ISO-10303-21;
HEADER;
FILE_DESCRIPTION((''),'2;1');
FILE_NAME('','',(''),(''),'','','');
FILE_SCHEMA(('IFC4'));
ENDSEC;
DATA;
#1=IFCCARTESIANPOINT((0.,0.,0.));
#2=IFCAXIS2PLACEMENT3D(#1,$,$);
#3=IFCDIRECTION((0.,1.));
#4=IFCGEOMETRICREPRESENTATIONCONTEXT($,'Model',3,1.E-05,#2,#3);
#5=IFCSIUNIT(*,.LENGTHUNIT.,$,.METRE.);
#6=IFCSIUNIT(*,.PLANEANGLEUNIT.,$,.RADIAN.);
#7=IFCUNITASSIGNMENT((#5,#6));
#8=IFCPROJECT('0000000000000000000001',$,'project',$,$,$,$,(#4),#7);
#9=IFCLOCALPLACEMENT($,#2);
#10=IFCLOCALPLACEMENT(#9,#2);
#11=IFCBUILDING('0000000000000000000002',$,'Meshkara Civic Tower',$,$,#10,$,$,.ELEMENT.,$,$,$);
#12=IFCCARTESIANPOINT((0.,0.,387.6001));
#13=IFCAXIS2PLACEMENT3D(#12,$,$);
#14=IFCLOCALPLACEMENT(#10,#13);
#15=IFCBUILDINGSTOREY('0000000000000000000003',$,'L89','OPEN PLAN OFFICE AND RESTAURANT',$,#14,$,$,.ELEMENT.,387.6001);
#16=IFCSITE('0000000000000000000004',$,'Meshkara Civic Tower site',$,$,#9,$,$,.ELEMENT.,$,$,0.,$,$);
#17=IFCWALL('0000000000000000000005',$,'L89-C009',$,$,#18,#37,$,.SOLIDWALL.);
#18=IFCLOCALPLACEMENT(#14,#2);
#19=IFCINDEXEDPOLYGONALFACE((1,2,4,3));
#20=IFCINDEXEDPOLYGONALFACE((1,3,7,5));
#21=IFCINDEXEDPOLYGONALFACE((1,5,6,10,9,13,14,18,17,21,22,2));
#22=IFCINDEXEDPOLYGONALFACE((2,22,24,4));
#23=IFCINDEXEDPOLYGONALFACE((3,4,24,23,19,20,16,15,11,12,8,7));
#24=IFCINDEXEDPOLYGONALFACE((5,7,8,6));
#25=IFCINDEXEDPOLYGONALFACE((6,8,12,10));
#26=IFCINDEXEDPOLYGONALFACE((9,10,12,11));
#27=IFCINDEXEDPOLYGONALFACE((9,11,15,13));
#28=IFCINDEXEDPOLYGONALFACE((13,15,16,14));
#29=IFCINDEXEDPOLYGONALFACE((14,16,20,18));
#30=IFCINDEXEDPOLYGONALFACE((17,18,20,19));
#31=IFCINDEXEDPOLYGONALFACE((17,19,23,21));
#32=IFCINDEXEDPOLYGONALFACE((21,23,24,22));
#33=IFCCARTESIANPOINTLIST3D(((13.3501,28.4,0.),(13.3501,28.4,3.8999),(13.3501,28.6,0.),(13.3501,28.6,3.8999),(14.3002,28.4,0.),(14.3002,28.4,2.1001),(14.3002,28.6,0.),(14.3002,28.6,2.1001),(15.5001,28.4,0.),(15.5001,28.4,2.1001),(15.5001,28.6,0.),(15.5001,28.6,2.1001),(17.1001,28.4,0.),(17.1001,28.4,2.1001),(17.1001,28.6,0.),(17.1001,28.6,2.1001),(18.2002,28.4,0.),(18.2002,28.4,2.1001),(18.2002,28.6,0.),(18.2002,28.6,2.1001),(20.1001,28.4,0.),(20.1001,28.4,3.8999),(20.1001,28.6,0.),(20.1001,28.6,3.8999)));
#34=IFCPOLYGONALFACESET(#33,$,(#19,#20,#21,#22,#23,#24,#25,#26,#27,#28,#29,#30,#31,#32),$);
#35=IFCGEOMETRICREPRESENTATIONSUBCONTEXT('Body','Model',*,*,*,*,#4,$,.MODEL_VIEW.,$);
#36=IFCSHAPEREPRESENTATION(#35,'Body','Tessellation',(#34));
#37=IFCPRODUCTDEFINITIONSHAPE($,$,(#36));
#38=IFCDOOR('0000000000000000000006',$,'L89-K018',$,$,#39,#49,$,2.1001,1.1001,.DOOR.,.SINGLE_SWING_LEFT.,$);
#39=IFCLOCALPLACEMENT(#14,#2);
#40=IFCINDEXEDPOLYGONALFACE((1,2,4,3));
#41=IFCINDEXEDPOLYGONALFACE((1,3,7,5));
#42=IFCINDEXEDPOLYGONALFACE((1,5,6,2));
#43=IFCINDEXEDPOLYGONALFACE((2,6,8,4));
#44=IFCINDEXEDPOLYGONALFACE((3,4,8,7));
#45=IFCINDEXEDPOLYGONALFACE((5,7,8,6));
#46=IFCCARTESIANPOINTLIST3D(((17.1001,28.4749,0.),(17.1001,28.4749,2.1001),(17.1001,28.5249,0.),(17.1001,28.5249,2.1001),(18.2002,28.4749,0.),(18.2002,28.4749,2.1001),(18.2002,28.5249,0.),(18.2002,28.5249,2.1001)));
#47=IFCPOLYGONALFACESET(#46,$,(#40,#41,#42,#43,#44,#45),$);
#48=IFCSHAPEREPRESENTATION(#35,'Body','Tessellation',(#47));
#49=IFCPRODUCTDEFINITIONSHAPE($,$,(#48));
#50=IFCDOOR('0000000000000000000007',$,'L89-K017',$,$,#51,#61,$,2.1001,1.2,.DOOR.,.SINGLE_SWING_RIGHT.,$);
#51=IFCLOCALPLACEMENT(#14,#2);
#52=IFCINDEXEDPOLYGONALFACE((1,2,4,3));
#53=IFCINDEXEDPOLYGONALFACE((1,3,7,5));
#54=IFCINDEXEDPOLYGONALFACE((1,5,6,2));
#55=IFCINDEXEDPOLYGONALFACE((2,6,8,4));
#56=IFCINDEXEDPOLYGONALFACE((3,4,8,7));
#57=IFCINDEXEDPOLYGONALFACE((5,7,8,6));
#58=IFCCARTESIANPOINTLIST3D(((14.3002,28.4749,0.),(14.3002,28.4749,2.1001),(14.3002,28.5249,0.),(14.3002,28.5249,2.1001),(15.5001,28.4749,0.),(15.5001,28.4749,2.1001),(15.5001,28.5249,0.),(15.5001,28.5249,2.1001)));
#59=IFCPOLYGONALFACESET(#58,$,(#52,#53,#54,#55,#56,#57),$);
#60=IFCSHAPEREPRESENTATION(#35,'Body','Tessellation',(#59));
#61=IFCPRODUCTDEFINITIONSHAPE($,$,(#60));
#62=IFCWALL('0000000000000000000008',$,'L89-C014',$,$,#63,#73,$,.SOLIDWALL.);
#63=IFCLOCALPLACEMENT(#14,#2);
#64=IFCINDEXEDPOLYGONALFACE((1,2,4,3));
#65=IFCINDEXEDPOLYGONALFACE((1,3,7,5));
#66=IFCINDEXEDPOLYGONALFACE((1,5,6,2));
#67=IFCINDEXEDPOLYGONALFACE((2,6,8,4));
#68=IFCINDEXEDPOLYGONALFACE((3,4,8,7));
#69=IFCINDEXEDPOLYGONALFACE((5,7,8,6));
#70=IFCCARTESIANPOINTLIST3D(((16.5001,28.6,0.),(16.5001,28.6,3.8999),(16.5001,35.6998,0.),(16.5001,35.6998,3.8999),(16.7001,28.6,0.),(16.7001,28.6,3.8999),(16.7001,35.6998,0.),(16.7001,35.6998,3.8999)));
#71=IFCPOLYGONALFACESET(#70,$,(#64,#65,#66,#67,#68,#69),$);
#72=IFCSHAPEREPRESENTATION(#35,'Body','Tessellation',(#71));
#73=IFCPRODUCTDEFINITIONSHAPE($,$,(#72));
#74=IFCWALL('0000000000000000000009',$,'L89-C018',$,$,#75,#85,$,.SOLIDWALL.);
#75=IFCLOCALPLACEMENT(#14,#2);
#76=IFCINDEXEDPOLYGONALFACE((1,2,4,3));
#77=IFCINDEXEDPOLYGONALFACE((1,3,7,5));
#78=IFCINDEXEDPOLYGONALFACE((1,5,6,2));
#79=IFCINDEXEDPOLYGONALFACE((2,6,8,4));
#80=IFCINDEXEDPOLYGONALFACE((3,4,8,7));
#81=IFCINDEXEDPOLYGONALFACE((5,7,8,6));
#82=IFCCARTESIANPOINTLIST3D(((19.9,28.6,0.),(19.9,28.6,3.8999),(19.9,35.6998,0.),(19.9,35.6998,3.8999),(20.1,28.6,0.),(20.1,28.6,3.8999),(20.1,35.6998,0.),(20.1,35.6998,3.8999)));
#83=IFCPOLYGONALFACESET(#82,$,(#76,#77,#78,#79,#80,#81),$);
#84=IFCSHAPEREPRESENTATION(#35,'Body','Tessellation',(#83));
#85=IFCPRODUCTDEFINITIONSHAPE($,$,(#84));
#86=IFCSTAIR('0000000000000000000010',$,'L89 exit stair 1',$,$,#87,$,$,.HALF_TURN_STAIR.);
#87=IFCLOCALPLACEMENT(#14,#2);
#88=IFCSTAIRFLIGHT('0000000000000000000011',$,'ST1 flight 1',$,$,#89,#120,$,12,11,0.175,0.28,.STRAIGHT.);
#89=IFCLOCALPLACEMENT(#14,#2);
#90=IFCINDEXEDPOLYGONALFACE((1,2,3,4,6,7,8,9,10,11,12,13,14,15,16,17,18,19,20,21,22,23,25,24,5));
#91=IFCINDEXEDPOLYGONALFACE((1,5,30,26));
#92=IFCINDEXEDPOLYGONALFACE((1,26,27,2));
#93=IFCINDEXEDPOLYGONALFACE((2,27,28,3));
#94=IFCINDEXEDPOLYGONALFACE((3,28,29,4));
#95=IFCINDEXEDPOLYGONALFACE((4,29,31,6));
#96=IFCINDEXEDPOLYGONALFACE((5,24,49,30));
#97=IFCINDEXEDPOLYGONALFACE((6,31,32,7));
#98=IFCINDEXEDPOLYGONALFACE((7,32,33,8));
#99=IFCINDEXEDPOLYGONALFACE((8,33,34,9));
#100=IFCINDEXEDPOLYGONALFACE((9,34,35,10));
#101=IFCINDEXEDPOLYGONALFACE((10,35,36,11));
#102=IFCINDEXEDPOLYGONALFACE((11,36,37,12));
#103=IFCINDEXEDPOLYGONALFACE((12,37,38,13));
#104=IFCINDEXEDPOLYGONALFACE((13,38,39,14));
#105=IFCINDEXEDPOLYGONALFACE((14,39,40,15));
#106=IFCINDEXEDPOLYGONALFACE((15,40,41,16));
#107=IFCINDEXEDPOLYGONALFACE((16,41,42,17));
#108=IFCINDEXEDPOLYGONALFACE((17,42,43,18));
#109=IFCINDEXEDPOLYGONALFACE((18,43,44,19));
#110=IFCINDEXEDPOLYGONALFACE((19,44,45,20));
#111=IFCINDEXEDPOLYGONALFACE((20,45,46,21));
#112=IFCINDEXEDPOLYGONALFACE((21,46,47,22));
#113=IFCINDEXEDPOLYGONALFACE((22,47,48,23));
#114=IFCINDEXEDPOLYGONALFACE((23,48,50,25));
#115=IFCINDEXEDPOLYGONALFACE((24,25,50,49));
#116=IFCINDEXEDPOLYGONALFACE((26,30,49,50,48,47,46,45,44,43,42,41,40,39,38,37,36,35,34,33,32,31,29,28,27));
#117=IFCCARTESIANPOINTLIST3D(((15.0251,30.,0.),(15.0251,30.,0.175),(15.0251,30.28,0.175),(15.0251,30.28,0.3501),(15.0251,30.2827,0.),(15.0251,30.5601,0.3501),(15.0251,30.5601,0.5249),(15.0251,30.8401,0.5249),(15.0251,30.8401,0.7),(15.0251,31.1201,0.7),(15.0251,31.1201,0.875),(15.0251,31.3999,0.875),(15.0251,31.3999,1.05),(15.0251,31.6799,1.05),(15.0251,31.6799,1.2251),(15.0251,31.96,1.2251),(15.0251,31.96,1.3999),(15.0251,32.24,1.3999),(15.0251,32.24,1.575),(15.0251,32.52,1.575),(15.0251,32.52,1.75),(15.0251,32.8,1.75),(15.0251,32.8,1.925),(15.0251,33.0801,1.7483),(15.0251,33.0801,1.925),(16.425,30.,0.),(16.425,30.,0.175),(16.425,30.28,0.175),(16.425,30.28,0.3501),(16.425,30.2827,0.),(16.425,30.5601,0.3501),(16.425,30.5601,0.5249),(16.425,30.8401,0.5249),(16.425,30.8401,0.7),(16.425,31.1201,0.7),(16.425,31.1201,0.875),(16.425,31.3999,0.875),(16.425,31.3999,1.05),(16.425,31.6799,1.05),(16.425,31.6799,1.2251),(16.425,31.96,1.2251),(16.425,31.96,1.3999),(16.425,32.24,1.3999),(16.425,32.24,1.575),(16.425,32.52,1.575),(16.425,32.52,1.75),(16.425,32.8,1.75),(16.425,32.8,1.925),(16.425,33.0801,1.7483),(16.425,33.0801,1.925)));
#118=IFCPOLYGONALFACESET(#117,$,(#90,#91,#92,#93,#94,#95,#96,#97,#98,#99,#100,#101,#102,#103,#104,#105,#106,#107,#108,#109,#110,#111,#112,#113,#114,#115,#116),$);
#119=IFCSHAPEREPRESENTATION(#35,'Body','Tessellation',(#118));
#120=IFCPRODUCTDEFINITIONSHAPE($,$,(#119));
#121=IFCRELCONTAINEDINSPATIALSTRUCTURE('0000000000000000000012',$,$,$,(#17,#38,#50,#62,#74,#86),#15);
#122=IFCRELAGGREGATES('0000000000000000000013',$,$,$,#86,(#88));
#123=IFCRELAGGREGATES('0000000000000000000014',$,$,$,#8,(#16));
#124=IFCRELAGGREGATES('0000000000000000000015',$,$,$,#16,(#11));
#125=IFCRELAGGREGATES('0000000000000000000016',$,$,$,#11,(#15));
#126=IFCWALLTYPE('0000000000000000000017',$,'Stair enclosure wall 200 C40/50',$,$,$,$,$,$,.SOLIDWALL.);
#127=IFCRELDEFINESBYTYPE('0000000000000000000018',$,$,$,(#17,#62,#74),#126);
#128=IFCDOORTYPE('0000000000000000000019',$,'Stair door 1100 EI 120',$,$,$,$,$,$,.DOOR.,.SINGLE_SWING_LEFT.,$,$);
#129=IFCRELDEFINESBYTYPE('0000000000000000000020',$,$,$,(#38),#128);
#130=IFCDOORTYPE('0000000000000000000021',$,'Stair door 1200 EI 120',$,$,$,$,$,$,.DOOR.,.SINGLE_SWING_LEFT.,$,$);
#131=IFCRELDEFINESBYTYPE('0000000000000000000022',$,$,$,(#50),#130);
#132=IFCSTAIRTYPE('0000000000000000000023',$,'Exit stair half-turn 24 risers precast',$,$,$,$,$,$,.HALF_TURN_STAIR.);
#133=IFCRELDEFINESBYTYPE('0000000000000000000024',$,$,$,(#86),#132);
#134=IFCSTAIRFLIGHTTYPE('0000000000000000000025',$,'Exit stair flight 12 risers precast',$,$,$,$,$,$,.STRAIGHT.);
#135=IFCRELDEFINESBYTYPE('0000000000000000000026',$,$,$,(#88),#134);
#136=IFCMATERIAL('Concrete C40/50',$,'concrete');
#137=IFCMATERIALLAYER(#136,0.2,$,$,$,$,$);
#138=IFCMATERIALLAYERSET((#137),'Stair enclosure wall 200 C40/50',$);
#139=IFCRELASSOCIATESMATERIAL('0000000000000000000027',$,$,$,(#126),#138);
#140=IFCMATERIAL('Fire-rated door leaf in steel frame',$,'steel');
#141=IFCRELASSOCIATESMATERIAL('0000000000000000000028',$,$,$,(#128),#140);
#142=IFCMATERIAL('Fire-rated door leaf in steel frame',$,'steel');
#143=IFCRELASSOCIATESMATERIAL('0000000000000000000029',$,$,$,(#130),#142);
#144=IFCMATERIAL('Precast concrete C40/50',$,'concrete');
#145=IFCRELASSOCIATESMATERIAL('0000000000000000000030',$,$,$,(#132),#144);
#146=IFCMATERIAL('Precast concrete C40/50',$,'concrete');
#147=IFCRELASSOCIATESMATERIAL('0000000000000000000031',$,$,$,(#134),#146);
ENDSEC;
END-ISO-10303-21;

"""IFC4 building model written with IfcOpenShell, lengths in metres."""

from ifc_helpers import new_model, si_unit, direction, frame, frame_2d, origin, place, context, subcontext, project, spatial, polyline, rectangle, outline, extrude, material, layer, layer_set, type_object, element, fill, aggregate, save


model = new_model("IFC4")

# Units and contexts
model_context = context("Model", 3, precision=1e-05, world=origin(), true_north=direction((0.0, 1.0)))
body_context = subcontext(model_context, "Body", "Model", "MODEL_VIEW")
ifc_project = project(units=[si_unit("LENGTHUNIT", "METRE"), si_unit("PLANEANGLEUNIT", "RADIAN")], contexts=[model_context])

# Site, building, storey
site_placement = place(None, origin())
site = spatial("IfcSite", under=ifc_project, at=site_placement, Name="Meshkara Civic Tower site", CompositionType="ELEMENT", RefElevation=0.0)
building_placement = place(site_placement, origin())
building = spatial("IfcBuilding", under=site, at=building_placement, Name="Meshkara Civic Tower", CompositionType="ELEMENT")
storey_placement = place(building_placement, frame((0.0, 0.0, 387.6001)))
storey = spatial("IfcBuildingStorey", under=building, at=storey_placement, Name="L89", Description="OPEN PLAN OFFICE AND RESTAURANT", CompositionType="ELEMENT", Elevation=387.6001)

# Wall, openings, doors
ifc_material_1 = material(Name="Concrete C40/50", Category="concrete")
ifc_layer_1 = layer(ifc_material_1, 0.2)
ifc_layer_set_1 = layer_set([ifc_layer_1], Name="Stair enclosure wall 200 C40/50")
wall_type_1 = type_object("IfcWallType", Name="Stair enclosure wall 200 C40/50", PredefinedType="SOLIDWALL", material=ifc_layer_set_1)
wall_1_placement = place(storey_placement, frame((13.3501, 28.5, 0.0), z_axis=(0.0, 0.0, 1.0), x_axis=(1.0, 0.0, 0.0)))
wall_1 = element("IfcWall", 1, at=wall_1_placement, inside=storey, type_object=wall_type_1, Name="L89-C009", PredefinedType="SOLIDWALL", context=body_context, shape_type="SweptSolid", body=[
    extrude(rectangle(XDim=6.75, YDim=0.2, at=frame_2d((3.375, 0.0))), origin(), (0.0, 0.0, 1.0), 3.8999),
])
opening_1_placement = place(wall_1_placement, frame((0.95, 0.0, 0.0)))
opening_1 = element("IfcOpeningElement", 2, at=opening_1_placement, cuts=wall_1, PredefinedType="OPENING", context=body_context, shape_type="SweptSolid", body=[
    extrude(rectangle(XDim=1.2, YDim=2.1001, at=frame_2d((0.6001, 1.05))), frame((0.0, 0.1099, 0.0), z_axis=(0.0, -1.0, 0.0), x_axis=(1.0, 0.0, 0.0)), (0.0, 0.0, 1.0), 0.22),
])
opening_2_placement = place(wall_1_placement, frame((3.75, 0.0, 0.0)))
opening_2 = element("IfcOpeningElement", 3, at=opening_2_placement, cuts=wall_1, PredefinedType="OPENING", context=body_context, shape_type="SweptSolid", body=[
    extrude(rectangle(XDim=1.1001, YDim=2.1001, at=frame_2d((0.55, 1.05))), frame((0.0, 0.1099, 0.0), z_axis=(0.0, -1.0, 0.0), x_axis=(1.0, 0.0, 0.0)), (0.0, 0.0, 1.0), 0.22),
])
ifc_material_2 = material(Name="Fire-rated door leaf in steel frame", Category="steel")
door_type_1 = type_object("IfcDoorType", Name="Stair door 1100 EI 120", OperationType="SINGLE_SWING_LEFT", PredefinedType="DOOR", material=ifc_material_2)
door_1_placement = place(opening_2_placement, origin())
door_1 = element("IfcDoor", 4, at=door_1_placement, inside=storey, type_object=door_type_1, Name="L89-K018", OperationType="SINGLE_SWING_LEFT", OverallHeight=2.1001, OverallWidth=1.1001, PredefinedType="DOOR", context=body_context, shape_type="SweptSolid", body=[
    extrude(rectangle(XDim=1.1001, YDim=2.1001, at=frame_2d((0.55, 1.05))), frame((0.0, 0.0249, 0.0), z_axis=(0.0, -1.0, 0.0), x_axis=(1.0, 0.0, 0.0)), (0.0, 0.0, 1.0), 0.05),
])
fill(opening_2, door_1)
ifc_material_3 = material(Name="Fire-rated door leaf in steel frame", Category="steel")
door_type_2 = type_object("IfcDoorType", Name="Stair door 1200 EI 120", OperationType="SINGLE_SWING_LEFT", PredefinedType="DOOR", material=ifc_material_3)
door_2_placement = place(opening_1_placement, origin())
door_2 = element("IfcDoor", 5, at=door_2_placement, inside=storey, type_object=door_type_2, Name="L89-K017", OperationType="SINGLE_SWING_RIGHT", OverallHeight=2.1001, OverallWidth=1.2, PredefinedType="DOOR", context=body_context, shape_type="SweptSolid", body=[
    extrude(rectangle(XDim=1.2, YDim=2.1001, at=frame_2d((0.6001, 1.05))), frame((0.0, 0.0249, 0.0), z_axis=(0.0, -1.0, 0.0), x_axis=(1.0, 0.0, 0.0)), (0.0, 0.0, 1.0), 0.05),
])
fill(opening_1, door_2)

# Walls
for number, where, z_axis, x_axis, name in (
    (6, (16.6001, 28.6001, 0.0), (0.0, 0.0, 1.0), (0.0, 1.0, 0.0), "L89-C014"),
    (7, (20.0, 28.6001, 0.0), (0.0, 0.0, 1.0), (0.0, 1.0, 0.0), "L89-C018"),
):
    element("IfcWall", number, at=place(storey_placement, frame(where, z_axis=z_axis, x_axis=x_axis)), inside=storey, type_object=wall_type_1, Name=name, PredefinedType="SOLIDWALL", context=body_context, shape_type="SweptSolid", body=[
        extrude(rectangle(XDim=7.0999, YDim=0.2, at=frame_2d((3.5498, 0.0))), origin(), (0.0, 0.0, 1.0), 3.8999),
    ])

# Stair, stair flight
ifc_material_4 = material(Name="Precast concrete C40/50", Category="concrete")
stair_type = type_object("IfcStairType", Name="Exit stair half-turn 24 risers precast", PredefinedType="HALF_TURN_STAIR", material=ifc_material_4)
stair_placement = place(storey_placement, origin())
stair = element("IfcStair", 8, at=stair_placement, inside=storey, type_object=stair_type, Name="L89 exit stair 1", PredefinedType="HALF_TURN_STAIR")
ifc_material_5 = material(Name="Precast concrete C40/50", Category="concrete")
stair_flight_type = type_object("IfcStairFlightType", Name="Exit stair flight 12 risers precast", PredefinedType="STRAIGHT", material=ifc_material_5)
stair_flight_placement = place(storey_placement, frame((15.7251, 30.0, 0.0), z_axis=(0.0, 0.0, 1.0), x_axis=(0.0, 1.0, 0.0)))
stair_flight = element("IfcStairFlight", 9, at=stair_flight_placement, type_object=stair_flight_type, Name="ST1 flight 1", NumberOfRisers=12, NumberOfTreads=11, PredefinedType="STRAIGHT", RiserHeight=0.175, TreadLength=0.28, context=body_context, shape_type="SweptSolid", body=[
    extrude(outline(polyline([(0.0, 0.0), (0.0, 0.175), (0.28, 0.175), (0.28, 0.3501), (0.5601, 0.3501), (0.5601, 0.5249), (0.8401, 0.5249), (0.8401, 0.7), (1.1201, 0.7), (1.1201, 0.875), (1.3999, 0.875), (1.3999, 1.05), (1.6799, 1.05), (1.6799, 1.2251), (1.96, 1.2251), (1.96, 1.3999), (2.24, 1.3999), (2.24, 1.575), (2.52, 1.575), (2.52, 1.75), (2.8, 1.75), (2.8, 1.925), (3.0801, 1.925), (3.0801, 2.1001), (3.0801, 1.7483), (0.2827, 0.0), (0.0, 0.0)])), frame((0.0, 0.7, 0.0), z_axis=(0.0, -1.0, 0.0), x_axis=(1.0, 0.0, 0.0)), (0.0, 0.0, 1.0), 1.3999),
])
aggregate(stair, [stair_flight])

save(model, "model.ifc")
